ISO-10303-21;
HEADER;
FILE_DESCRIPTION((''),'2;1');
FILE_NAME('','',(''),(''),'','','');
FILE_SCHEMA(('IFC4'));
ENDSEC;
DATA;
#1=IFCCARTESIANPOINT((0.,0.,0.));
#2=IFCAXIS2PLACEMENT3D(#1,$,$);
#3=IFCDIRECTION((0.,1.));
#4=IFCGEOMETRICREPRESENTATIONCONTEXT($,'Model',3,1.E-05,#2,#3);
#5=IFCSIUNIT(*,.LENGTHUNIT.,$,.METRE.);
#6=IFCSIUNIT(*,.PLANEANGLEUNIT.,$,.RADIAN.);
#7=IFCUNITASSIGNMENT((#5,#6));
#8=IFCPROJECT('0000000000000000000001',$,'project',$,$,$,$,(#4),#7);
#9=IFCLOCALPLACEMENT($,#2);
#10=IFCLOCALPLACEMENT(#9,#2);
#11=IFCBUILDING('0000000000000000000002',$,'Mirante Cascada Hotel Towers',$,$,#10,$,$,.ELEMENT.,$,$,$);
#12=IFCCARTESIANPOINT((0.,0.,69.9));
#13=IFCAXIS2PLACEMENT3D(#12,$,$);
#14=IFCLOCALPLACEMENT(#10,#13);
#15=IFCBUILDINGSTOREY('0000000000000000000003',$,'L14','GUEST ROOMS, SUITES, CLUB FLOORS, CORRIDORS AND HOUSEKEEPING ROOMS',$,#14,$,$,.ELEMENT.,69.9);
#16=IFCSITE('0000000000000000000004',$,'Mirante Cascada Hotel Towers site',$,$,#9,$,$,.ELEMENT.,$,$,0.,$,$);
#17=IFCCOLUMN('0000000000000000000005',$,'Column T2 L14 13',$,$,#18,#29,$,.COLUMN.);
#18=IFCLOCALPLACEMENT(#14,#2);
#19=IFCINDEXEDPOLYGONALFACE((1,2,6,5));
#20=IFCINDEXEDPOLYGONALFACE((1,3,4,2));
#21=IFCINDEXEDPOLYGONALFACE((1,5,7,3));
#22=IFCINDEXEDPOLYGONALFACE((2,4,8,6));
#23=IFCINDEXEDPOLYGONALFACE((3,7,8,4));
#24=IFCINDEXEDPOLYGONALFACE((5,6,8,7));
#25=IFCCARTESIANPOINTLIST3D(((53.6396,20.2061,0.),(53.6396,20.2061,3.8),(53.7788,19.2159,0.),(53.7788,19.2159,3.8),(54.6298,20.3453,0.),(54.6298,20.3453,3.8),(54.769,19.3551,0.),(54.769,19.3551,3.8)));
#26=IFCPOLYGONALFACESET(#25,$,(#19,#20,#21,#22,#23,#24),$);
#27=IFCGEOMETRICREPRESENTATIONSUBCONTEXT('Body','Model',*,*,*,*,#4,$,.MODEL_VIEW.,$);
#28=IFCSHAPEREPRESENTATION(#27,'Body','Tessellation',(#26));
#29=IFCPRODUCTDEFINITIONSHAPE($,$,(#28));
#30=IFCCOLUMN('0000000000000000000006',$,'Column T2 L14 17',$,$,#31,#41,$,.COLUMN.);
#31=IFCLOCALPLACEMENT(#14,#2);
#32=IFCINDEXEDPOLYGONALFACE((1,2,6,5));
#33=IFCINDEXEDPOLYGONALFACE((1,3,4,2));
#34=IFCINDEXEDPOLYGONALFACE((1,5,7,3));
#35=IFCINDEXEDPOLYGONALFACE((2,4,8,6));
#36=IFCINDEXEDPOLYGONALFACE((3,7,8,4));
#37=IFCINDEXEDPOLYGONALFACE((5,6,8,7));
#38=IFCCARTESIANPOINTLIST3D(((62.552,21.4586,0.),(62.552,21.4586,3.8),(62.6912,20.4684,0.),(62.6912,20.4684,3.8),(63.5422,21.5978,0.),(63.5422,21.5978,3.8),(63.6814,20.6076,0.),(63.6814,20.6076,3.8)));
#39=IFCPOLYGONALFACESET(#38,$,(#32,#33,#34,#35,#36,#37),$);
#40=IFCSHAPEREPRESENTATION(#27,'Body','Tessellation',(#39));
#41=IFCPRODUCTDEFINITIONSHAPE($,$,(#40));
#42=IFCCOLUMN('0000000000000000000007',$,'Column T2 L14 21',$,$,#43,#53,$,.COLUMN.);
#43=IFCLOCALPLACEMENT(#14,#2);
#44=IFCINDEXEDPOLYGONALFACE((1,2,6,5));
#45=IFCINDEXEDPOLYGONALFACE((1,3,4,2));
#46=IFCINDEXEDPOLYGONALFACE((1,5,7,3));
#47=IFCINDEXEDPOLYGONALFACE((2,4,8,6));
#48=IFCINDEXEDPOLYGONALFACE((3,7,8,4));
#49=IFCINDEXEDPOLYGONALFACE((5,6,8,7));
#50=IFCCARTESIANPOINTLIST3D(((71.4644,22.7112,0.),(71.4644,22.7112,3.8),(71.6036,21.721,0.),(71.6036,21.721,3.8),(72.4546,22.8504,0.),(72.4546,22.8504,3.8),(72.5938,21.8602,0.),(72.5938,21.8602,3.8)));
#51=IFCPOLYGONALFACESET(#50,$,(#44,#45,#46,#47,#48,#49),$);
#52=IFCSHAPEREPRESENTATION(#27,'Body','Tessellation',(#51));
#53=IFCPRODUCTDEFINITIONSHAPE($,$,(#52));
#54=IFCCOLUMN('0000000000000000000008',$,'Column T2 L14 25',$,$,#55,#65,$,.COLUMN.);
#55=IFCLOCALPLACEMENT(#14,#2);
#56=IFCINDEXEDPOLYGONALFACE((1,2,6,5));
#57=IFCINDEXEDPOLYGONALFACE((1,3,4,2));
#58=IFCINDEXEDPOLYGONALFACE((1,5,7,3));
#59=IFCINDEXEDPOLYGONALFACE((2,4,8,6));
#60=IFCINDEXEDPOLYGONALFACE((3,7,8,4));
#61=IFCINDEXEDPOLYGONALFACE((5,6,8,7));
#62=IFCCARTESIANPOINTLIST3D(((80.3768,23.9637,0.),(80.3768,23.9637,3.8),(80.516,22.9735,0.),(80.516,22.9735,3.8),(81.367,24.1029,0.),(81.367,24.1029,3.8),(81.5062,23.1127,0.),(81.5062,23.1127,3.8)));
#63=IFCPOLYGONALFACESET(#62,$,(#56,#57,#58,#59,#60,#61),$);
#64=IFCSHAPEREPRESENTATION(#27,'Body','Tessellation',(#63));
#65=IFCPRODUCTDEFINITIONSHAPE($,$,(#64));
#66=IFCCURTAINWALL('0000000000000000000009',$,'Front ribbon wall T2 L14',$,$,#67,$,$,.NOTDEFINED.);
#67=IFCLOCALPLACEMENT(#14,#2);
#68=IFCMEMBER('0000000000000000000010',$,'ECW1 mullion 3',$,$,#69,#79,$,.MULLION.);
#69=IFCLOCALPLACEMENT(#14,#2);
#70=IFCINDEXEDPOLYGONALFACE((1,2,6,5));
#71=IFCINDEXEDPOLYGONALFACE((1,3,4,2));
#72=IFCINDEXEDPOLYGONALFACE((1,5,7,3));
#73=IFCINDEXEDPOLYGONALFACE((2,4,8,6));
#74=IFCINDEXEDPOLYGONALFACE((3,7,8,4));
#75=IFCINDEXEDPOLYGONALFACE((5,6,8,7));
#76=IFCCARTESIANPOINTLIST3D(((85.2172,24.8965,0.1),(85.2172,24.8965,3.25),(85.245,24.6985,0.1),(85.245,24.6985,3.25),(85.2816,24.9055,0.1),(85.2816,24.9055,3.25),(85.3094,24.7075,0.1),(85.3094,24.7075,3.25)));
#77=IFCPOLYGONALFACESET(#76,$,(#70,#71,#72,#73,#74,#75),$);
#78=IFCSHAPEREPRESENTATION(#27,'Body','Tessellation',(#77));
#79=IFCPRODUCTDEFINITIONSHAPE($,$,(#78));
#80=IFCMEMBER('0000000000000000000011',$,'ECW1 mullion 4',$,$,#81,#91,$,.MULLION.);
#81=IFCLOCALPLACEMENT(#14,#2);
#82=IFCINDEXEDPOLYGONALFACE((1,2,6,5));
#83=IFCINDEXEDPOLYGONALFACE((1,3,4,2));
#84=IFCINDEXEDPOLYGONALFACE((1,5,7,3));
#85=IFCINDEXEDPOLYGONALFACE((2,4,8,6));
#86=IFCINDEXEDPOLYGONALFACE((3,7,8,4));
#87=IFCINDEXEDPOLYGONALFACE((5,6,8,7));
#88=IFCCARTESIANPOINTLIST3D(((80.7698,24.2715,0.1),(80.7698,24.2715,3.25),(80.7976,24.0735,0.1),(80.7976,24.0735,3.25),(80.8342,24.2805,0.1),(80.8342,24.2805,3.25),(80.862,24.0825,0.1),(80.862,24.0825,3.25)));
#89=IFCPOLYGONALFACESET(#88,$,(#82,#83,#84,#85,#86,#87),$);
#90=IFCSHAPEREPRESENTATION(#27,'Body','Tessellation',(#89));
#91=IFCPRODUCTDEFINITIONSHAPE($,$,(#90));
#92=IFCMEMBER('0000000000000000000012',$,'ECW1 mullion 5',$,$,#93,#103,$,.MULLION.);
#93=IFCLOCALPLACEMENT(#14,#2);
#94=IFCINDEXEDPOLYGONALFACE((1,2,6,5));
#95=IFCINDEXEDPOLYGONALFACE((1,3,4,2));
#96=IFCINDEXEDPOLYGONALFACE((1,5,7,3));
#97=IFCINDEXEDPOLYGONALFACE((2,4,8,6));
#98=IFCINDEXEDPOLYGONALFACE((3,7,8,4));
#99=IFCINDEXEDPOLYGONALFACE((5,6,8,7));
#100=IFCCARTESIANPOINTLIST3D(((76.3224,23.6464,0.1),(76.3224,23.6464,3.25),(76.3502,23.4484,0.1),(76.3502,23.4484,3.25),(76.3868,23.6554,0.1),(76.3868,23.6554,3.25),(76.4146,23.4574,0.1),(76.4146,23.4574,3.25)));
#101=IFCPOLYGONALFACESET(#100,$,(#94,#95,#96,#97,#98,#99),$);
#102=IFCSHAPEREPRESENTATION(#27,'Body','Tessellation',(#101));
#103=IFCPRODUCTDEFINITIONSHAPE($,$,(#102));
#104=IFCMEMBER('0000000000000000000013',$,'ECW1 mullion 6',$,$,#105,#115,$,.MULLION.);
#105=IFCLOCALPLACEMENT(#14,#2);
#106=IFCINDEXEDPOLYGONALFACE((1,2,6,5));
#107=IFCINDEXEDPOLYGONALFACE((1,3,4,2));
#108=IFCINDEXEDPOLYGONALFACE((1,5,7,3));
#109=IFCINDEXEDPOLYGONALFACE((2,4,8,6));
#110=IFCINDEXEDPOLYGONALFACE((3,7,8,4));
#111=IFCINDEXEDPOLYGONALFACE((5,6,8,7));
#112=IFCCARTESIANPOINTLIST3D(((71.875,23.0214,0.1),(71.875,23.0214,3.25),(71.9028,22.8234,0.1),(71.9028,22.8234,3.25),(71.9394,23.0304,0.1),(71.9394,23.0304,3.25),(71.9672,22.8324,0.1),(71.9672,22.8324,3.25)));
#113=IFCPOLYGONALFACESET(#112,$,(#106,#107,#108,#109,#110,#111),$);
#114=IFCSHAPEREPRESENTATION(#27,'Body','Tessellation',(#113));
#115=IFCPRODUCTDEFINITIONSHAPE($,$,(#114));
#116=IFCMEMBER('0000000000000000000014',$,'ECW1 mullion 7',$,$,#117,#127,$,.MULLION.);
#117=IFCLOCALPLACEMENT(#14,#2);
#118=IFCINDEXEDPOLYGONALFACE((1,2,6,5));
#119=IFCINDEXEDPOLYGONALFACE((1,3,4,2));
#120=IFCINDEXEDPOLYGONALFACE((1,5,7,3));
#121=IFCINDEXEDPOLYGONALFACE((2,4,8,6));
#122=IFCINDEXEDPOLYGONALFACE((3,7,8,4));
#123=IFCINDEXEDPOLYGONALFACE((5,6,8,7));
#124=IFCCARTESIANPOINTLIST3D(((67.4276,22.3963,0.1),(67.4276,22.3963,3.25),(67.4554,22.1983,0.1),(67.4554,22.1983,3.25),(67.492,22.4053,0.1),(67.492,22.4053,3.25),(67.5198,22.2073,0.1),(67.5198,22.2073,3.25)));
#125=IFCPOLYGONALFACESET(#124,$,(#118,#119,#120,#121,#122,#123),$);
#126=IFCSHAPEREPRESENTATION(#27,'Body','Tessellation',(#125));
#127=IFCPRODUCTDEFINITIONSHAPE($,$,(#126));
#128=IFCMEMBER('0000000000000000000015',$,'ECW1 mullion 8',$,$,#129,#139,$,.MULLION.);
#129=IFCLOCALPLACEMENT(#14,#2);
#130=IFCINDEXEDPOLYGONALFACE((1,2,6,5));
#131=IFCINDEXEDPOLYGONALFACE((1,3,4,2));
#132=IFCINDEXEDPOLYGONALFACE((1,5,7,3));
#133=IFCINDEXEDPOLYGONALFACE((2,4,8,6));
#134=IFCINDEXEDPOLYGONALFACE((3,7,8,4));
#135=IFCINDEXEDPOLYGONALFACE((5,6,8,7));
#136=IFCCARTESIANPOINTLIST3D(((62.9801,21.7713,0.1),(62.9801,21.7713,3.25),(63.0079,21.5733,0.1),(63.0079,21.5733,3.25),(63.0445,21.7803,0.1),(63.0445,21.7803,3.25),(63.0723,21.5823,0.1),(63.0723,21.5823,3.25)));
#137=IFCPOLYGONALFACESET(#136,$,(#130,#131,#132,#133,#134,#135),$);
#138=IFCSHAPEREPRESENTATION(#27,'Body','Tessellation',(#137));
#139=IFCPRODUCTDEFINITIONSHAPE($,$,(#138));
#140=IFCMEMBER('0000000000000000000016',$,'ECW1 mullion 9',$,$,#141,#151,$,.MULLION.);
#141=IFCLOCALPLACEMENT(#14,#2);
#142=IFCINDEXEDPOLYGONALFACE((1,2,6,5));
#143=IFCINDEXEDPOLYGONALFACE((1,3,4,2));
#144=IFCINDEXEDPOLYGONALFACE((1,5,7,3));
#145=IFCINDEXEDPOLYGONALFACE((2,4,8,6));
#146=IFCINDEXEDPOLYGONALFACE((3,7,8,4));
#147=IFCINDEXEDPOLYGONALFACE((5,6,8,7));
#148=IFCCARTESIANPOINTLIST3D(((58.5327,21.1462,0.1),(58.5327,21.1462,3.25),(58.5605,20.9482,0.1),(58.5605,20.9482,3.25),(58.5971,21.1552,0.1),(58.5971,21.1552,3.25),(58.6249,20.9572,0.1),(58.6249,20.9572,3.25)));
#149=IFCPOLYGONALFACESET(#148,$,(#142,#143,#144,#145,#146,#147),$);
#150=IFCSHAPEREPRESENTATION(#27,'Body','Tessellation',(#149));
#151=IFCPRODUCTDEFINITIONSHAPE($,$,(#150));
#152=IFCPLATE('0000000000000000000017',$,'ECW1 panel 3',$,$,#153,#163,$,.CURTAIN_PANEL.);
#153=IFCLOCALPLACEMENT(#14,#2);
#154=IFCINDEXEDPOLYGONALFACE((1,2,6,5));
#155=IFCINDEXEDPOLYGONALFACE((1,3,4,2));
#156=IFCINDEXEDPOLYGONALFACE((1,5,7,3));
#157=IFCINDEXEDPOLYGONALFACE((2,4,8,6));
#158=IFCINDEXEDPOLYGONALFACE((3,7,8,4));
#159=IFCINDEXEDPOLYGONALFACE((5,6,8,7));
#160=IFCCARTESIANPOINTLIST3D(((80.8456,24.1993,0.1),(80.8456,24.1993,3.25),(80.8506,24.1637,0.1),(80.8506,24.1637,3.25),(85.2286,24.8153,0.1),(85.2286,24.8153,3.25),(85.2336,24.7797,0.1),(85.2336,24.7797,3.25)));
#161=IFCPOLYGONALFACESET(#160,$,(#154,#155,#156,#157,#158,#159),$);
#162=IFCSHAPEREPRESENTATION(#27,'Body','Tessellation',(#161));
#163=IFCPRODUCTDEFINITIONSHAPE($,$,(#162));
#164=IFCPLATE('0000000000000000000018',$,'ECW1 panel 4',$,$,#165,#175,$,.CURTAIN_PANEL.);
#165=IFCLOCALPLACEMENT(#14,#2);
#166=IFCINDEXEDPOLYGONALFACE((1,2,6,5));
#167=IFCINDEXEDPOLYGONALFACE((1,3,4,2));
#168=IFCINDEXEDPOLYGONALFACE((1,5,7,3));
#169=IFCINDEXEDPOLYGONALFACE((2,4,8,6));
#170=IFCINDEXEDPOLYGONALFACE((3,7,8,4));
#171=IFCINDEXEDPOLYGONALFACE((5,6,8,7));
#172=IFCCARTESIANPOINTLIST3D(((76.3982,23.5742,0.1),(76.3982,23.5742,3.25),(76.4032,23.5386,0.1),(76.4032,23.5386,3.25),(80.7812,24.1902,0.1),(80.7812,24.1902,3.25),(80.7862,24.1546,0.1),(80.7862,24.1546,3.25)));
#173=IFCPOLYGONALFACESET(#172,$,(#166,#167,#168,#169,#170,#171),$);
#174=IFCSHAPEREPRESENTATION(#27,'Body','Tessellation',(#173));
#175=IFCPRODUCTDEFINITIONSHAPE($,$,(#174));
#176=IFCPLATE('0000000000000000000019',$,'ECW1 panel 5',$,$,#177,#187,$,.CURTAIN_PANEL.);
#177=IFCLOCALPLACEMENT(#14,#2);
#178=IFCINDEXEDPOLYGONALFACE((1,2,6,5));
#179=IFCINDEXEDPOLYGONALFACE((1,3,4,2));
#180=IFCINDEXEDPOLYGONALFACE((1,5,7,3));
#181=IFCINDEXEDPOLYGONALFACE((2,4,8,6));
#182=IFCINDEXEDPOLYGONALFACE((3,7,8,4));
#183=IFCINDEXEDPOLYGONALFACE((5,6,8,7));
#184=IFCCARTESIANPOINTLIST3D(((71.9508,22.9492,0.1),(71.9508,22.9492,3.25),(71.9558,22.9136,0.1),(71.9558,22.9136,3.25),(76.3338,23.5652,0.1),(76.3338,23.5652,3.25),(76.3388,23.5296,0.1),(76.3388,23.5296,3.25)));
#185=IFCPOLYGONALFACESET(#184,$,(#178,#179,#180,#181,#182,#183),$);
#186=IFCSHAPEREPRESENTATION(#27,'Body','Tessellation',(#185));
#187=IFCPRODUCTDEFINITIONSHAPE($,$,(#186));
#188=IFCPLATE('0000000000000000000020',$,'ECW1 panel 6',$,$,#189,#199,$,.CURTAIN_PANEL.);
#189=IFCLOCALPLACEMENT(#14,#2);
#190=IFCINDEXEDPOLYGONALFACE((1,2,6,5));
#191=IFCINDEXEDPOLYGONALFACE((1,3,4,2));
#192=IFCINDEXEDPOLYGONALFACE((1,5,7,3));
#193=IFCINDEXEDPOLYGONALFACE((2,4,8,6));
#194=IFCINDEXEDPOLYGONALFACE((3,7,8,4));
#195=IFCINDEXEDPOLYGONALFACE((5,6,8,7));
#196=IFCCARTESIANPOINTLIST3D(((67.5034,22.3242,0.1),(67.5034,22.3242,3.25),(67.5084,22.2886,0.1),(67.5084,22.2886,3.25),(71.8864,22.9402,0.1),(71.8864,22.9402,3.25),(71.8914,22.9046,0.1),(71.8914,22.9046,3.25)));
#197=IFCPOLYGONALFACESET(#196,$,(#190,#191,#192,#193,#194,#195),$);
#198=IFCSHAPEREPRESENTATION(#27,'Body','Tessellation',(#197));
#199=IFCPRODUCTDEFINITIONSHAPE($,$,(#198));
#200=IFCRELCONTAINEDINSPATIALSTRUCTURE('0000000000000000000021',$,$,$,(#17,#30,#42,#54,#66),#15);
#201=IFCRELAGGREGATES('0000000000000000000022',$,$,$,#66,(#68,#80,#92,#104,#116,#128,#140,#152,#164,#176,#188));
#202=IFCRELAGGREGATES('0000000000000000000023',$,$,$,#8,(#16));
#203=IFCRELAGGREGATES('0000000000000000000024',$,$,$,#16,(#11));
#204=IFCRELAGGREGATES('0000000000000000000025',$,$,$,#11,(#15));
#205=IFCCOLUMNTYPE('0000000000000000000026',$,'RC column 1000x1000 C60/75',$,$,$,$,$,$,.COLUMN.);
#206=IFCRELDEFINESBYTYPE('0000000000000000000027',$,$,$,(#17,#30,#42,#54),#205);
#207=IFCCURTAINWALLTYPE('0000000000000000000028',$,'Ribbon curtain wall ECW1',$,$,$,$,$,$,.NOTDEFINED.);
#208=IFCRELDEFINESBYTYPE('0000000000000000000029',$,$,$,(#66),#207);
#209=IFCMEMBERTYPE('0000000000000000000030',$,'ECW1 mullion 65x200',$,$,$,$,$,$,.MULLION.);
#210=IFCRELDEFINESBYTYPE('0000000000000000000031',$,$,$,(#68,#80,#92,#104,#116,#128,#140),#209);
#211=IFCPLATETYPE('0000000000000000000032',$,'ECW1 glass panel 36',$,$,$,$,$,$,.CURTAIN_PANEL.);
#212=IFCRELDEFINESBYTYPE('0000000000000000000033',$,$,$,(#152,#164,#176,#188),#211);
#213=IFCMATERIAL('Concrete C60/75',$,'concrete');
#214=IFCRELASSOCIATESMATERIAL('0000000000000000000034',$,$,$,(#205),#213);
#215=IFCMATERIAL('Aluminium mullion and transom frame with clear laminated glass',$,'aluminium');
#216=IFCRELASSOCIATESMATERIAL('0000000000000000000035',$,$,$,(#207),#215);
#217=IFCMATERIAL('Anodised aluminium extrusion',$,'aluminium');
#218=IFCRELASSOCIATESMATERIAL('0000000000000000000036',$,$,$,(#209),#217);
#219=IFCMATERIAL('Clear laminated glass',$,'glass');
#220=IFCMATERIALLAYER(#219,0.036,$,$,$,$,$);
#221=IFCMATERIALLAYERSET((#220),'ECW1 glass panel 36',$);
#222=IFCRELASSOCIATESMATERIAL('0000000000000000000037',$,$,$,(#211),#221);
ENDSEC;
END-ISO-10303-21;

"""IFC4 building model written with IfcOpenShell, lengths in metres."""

from ifc_helpers import new_model, si_unit, direction, frame, origin, origin_2d, place, context, subcontext, project, spatial, rectangle, extrude, material, layer, layer_set, material_profile, profile_set, type_object, element, aggregate, save


model = new_model("IFC4")

# Units and contexts
model_context = context("Model", 3, precision=1e-05, world=origin(), true_north=direction((0.0, 1.0)))
body_context = subcontext(model_context, "Body", "Model", "MODEL_VIEW")
ifc_project = project(units=[si_unit("LENGTHUNIT", "METRE"), si_unit("PLANEANGLEUNIT", "RADIAN")], contexts=[model_context])

# Site, building, storey
site_placement = place(None, origin())
site = spatial("IfcSite", under=ifc_project, at=site_placement, Name="Mirante Cascada Hotel Towers site", CompositionType="ELEMENT", RefElevation=0.0)
building_placement = place(site_placement, origin())
building = spatial("IfcBuilding", under=site, at=building_placement, Name="Mirante Cascada Hotel Towers", CompositionType="ELEMENT")
storey_placement = place(building_placement, frame((0.0, 0.0, 69.9)))
storey = spatial("IfcBuildingStorey", under=building, at=storey_placement, Name="L14", Description="GUEST ROOMS, SUITES, CLUB FLOORS, CORRIDORS AND HOUSEKEEPING ROOMS", CompositionType="ELEMENT", Elevation=69.9)

# Columns
ifc_material_1 = material(Name="Concrete C60/75", Category="concrete")
ifc_material_profile_1 = material_profile(ifc_material_1, rectangle(XDim=1.0, YDim=1.0, at=origin_2d()), Name="RC column 1000x1000 C60/75")
ifc_profile_set_1 = profile_set([ifc_material_profile_1], Name="Concrete C60/75")
column_type = type_object("IfcColumnType", Name="RC column 1000x1000 C60/75", PredefinedType="COLUMN", material=ifc_profile_set_1)
for number, where, z_axis, x_axis, name in (
    (1, (54.2043, 19.7806, 0.0), (0.0, 0.0, 1.0), (0.990268, 0.139173, 0.0), "Column T2 L14 13"),
    (2, (63.1167, 21.0331, 0.0), (0.0, 0.0, 1.0), (0.990268, 0.139173, 0.0), "Column T2 L14 17"),
    (3, (72.0291, 22.2857, 0.0), (0.0, 0.0, 1.0), (0.990268, 0.139173, 0.0), "Column T2 L14 21"),
    (4, (80.9415, 23.5382, 0.0), (0.0, 0.0, 1.0), (0.990268, 0.139173, 0.0), "Column T2 L14 25"),
):
    element("IfcColumn", number, at=place(storey_placement, frame(where, z_axis=z_axis, x_axis=x_axis)), inside=storey, type_object=column_type, Name=name, PredefinedType="COLUMN", context=body_context, shape_type="SweptSolid", body=[
        extrude(rectangle(XDim=1.0, YDim=1.0, at=origin_2d()), origin(), (0.0, 0.0, 1.0), 3.8),
    ])

# Curtain wall, members, plates
ifc_material_2 = material(Name="Aluminium mullion and transom frame with clear laminated glass", Category="aluminium")
curtain_wall_type = type_object("IfcCurtainWallType", Name="Ribbon curtain wall ECW1", PredefinedType="NOTDEFINED", material=ifc_material_2)
curtain_wall_placement = place(storey_placement, origin())
curtain_wall = element("IfcCurtainWall", 5, at=curtain_wall_placement, inside=storey, type_object=curtain_wall_type, Name="Front ribbon wall T2 L14", PredefinedType="NOTDEFINED")
ifc_material_3 = material(Name="Anodised aluminium extrusion", Category="aluminium")
ifc_material_profile_2 = material_profile(ifc_material_3, rectangle(XDim=0.2, YDim=0.065, at=origin_2d()), Name="ECW1 MULLION 65x200")
ifc_profile_set_2 = profile_set([ifc_material_profile_2], Name="Anodised aluminium extrusion")
member_type = type_object("IfcMemberType", Name="ECW1 mullion 65x200", PredefinedType="MULLION", material=ifc_profile_set_2)
member_1_placement = place(storey_placement, frame((85.2633, 24.802, 0.1), z_axis=(0.0, 0.0, 1.0), x_axis=(0.139173, -0.990268, 0.0)))
member_1 = element("IfcMember", 6, at=member_1_placement, type_object=member_type, Name="ECW1 mullion 3", PredefinedType="MULLION", context=body_context, shape_type="SweptSolid", body=[
    extrude(rectangle(XDim=0.2, YDim=0.065, at=origin_2d()), origin(), (0.0, 0.0, 1.0), 3.15),
])
member_2_placement = place(storey_placement, frame((80.8159, 24.177, 0.1), z_axis=(0.0, 0.0, 1.0), x_axis=(0.139173, -0.990268, 0.0)))
member_2 = element("IfcMember", 7, at=member_2_placement, type_object=member_type, Name="ECW1 mullion 4", PredefinedType="MULLION", context=body_context, shape_type="SweptSolid", body=[
    extrude(rectangle(XDim=0.2, YDim=0.065, at=origin_2d()), origin(), (0.0, 0.0, 1.0), 3.15),
])
member_3_placement = place(storey_placement, frame((76.3685, 23.5519, 0.1), z_axis=(0.0, 0.0, 1.0), x_axis=(0.139173, -0.990268, 0.0)))
member_3 = element("IfcMember", 8, at=member_3_placement, type_object=member_type, Name="ECW1 mullion 5", PredefinedType="MULLION", context=body_context, shape_type="SweptSolid", body=[
    extrude(rectangle(XDim=0.2, YDim=0.065, at=origin_2d()), origin(), (0.0, 0.0, 1.0), 3.15),
])
member_4_placement = place(storey_placement, frame((71.9211, 22.9269, 0.1), z_axis=(0.0, 0.0, 1.0), x_axis=(0.139173, -0.990268, 0.0)))
member_4 = element("IfcMember", 9, at=member_4_placement, type_object=member_type, Name="ECW1 mullion 6", PredefinedType="MULLION", context=body_context, shape_type="SweptSolid", body=[
    extrude(rectangle(XDim=0.2, YDim=0.065, at=origin_2d()), origin(), (0.0, 0.0, 1.0), 3.15),
])
member_5_placement = place(storey_placement, frame((67.4737, 22.3018, 0.1), z_axis=(0.0, 0.0, 1.0), x_axis=(0.139173, -0.990268, 0.0)))
member_5 = element("IfcMember", 10, at=member_5_placement, type_object=member_type, Name="ECW1 mullion 7", PredefinedType="MULLION", context=body_context, shape_type="SweptSolid", body=[
    extrude(rectangle(XDim=0.2, YDim=0.065, at=origin_2d()), origin(), (0.0, 0.0, 1.0), 3.15),
])
member_6_placement = place(storey_placement, frame((63.0262, 21.6768, 0.1), z_axis=(0.0, 0.0, 1.0), x_axis=(0.139173, -0.990268, 0.0)))
member_6 = element("IfcMember", 11, at=member_6_placement, type_object=member_type, Name="ECW1 mullion 8", PredefinedType="MULLION", context=body_context, shape_type="SweptSolid", body=[
    extrude(rectangle(XDim=0.2, YDim=0.065, at=origin_2d()), origin(), (0.0, 0.0, 1.0), 3.15),
])
member_7_placement = place(storey_placement, frame((58.5788, 21.0517, 0.1), z_axis=(0.0, 0.0, 1.0), x_axis=(0.139173, -0.990268, 0.0)))
member_7 = element("IfcMember", 12, at=member_7_placement, type_object=member_type, Name="ECW1 mullion 9", PredefinedType="MULLION", context=body_context, shape_type="SweptSolid", body=[
    extrude(rectangle(XDim=0.2, YDim=0.065, at=origin_2d()), origin(), (0.0, 0.0, 1.0), 3.15),
])
ifc_material_4 = material(Name="Clear laminated glass", Category="glass")
ifc_layer_1 = layer(ifc_material_4, 0.036)
ifc_layer_set_1 = layer_set([ifc_layer_1], Name="ECW1 glass panel 36")
plate_type = type_object("IfcPlateType", Name="ECW1 glass panel 36", PredefinedType="CURTAIN_PANEL", material=ifc_layer_set_1)
plate_1_placement = place(storey_placement, frame((83.0396, 24.4895, 0.1), z_axis=(0.0, 0.0, 1.0), x_axis=(-0.990268, -0.139173, 0.0)))
plate_1 = element("IfcPlate", 13, at=plate_1_placement, type_object=plate_type, Name="ECW1 panel 3", PredefinedType="CURTAIN_PANEL", context=body_context, shape_type="SweptSolid", body=[
    extrude(rectangle(XDim=4.4261, YDim=0.036, at=origin_2d()), origin(), (0.0, 0.0, 1.0), 3.15),
])
plate_2_placement = place(storey_placement, frame((78.5922, 23.8644, 0.1), z_axis=(0.0, 0.0, 1.0), x_axis=(-0.990268, -0.139173, 0.0)))
plate_2 = element("IfcPlate", 14, at=plate_2_placement, type_object=plate_type, Name="ECW1 panel 4", PredefinedType="CURTAIN_PANEL", context=body_context, shape_type="SweptSolid", body=[
    extrude(rectangle(XDim=4.4261, YDim=0.036, at=origin_2d()), origin(), (0.0, 0.0, 1.0), 3.15),
])
plate_3_placement = place(storey_placement, frame((74.1448, 23.2394, 0.1), z_axis=(0.0, 0.0, 1.0), x_axis=(-0.990268, -0.139173, 0.0)))
plate_3 = element("IfcPlate", 15, at=plate_3_placement, type_object=plate_type, Name="ECW1 panel 5", PredefinedType="CURTAIN_PANEL", context=body_context, shape_type="SweptSolid", body=[
    extrude(rectangle(XDim=4.4261, YDim=0.036, at=origin_2d()), origin(), (0.0, 0.0, 1.0), 3.15),
])
plate_4_placement = place(storey_placement, frame((69.6974, 22.6144, 0.1), z_axis=(0.0, 0.0, 1.0), x_axis=(-0.990268, -0.139173, 0.0)))
plate_4 = element("IfcPlate", 16, at=plate_4_placement, type_object=plate_type, Name="ECW1 panel 6", PredefinedType="CURTAIN_PANEL", context=body_context, shape_type="SweptSolid", body=[
    extrude(rectangle(XDim=4.4261, YDim=0.036, at=origin_2d()), origin(), (0.0, 0.0, 1.0), 3.15),
])
aggregate(curtain_wall, [member_1, member_2, member_3, member_4, member_5, member_6, member_7, plate_1, plate_2, plate_3, plate_4])

save(model, "model.ifc")
